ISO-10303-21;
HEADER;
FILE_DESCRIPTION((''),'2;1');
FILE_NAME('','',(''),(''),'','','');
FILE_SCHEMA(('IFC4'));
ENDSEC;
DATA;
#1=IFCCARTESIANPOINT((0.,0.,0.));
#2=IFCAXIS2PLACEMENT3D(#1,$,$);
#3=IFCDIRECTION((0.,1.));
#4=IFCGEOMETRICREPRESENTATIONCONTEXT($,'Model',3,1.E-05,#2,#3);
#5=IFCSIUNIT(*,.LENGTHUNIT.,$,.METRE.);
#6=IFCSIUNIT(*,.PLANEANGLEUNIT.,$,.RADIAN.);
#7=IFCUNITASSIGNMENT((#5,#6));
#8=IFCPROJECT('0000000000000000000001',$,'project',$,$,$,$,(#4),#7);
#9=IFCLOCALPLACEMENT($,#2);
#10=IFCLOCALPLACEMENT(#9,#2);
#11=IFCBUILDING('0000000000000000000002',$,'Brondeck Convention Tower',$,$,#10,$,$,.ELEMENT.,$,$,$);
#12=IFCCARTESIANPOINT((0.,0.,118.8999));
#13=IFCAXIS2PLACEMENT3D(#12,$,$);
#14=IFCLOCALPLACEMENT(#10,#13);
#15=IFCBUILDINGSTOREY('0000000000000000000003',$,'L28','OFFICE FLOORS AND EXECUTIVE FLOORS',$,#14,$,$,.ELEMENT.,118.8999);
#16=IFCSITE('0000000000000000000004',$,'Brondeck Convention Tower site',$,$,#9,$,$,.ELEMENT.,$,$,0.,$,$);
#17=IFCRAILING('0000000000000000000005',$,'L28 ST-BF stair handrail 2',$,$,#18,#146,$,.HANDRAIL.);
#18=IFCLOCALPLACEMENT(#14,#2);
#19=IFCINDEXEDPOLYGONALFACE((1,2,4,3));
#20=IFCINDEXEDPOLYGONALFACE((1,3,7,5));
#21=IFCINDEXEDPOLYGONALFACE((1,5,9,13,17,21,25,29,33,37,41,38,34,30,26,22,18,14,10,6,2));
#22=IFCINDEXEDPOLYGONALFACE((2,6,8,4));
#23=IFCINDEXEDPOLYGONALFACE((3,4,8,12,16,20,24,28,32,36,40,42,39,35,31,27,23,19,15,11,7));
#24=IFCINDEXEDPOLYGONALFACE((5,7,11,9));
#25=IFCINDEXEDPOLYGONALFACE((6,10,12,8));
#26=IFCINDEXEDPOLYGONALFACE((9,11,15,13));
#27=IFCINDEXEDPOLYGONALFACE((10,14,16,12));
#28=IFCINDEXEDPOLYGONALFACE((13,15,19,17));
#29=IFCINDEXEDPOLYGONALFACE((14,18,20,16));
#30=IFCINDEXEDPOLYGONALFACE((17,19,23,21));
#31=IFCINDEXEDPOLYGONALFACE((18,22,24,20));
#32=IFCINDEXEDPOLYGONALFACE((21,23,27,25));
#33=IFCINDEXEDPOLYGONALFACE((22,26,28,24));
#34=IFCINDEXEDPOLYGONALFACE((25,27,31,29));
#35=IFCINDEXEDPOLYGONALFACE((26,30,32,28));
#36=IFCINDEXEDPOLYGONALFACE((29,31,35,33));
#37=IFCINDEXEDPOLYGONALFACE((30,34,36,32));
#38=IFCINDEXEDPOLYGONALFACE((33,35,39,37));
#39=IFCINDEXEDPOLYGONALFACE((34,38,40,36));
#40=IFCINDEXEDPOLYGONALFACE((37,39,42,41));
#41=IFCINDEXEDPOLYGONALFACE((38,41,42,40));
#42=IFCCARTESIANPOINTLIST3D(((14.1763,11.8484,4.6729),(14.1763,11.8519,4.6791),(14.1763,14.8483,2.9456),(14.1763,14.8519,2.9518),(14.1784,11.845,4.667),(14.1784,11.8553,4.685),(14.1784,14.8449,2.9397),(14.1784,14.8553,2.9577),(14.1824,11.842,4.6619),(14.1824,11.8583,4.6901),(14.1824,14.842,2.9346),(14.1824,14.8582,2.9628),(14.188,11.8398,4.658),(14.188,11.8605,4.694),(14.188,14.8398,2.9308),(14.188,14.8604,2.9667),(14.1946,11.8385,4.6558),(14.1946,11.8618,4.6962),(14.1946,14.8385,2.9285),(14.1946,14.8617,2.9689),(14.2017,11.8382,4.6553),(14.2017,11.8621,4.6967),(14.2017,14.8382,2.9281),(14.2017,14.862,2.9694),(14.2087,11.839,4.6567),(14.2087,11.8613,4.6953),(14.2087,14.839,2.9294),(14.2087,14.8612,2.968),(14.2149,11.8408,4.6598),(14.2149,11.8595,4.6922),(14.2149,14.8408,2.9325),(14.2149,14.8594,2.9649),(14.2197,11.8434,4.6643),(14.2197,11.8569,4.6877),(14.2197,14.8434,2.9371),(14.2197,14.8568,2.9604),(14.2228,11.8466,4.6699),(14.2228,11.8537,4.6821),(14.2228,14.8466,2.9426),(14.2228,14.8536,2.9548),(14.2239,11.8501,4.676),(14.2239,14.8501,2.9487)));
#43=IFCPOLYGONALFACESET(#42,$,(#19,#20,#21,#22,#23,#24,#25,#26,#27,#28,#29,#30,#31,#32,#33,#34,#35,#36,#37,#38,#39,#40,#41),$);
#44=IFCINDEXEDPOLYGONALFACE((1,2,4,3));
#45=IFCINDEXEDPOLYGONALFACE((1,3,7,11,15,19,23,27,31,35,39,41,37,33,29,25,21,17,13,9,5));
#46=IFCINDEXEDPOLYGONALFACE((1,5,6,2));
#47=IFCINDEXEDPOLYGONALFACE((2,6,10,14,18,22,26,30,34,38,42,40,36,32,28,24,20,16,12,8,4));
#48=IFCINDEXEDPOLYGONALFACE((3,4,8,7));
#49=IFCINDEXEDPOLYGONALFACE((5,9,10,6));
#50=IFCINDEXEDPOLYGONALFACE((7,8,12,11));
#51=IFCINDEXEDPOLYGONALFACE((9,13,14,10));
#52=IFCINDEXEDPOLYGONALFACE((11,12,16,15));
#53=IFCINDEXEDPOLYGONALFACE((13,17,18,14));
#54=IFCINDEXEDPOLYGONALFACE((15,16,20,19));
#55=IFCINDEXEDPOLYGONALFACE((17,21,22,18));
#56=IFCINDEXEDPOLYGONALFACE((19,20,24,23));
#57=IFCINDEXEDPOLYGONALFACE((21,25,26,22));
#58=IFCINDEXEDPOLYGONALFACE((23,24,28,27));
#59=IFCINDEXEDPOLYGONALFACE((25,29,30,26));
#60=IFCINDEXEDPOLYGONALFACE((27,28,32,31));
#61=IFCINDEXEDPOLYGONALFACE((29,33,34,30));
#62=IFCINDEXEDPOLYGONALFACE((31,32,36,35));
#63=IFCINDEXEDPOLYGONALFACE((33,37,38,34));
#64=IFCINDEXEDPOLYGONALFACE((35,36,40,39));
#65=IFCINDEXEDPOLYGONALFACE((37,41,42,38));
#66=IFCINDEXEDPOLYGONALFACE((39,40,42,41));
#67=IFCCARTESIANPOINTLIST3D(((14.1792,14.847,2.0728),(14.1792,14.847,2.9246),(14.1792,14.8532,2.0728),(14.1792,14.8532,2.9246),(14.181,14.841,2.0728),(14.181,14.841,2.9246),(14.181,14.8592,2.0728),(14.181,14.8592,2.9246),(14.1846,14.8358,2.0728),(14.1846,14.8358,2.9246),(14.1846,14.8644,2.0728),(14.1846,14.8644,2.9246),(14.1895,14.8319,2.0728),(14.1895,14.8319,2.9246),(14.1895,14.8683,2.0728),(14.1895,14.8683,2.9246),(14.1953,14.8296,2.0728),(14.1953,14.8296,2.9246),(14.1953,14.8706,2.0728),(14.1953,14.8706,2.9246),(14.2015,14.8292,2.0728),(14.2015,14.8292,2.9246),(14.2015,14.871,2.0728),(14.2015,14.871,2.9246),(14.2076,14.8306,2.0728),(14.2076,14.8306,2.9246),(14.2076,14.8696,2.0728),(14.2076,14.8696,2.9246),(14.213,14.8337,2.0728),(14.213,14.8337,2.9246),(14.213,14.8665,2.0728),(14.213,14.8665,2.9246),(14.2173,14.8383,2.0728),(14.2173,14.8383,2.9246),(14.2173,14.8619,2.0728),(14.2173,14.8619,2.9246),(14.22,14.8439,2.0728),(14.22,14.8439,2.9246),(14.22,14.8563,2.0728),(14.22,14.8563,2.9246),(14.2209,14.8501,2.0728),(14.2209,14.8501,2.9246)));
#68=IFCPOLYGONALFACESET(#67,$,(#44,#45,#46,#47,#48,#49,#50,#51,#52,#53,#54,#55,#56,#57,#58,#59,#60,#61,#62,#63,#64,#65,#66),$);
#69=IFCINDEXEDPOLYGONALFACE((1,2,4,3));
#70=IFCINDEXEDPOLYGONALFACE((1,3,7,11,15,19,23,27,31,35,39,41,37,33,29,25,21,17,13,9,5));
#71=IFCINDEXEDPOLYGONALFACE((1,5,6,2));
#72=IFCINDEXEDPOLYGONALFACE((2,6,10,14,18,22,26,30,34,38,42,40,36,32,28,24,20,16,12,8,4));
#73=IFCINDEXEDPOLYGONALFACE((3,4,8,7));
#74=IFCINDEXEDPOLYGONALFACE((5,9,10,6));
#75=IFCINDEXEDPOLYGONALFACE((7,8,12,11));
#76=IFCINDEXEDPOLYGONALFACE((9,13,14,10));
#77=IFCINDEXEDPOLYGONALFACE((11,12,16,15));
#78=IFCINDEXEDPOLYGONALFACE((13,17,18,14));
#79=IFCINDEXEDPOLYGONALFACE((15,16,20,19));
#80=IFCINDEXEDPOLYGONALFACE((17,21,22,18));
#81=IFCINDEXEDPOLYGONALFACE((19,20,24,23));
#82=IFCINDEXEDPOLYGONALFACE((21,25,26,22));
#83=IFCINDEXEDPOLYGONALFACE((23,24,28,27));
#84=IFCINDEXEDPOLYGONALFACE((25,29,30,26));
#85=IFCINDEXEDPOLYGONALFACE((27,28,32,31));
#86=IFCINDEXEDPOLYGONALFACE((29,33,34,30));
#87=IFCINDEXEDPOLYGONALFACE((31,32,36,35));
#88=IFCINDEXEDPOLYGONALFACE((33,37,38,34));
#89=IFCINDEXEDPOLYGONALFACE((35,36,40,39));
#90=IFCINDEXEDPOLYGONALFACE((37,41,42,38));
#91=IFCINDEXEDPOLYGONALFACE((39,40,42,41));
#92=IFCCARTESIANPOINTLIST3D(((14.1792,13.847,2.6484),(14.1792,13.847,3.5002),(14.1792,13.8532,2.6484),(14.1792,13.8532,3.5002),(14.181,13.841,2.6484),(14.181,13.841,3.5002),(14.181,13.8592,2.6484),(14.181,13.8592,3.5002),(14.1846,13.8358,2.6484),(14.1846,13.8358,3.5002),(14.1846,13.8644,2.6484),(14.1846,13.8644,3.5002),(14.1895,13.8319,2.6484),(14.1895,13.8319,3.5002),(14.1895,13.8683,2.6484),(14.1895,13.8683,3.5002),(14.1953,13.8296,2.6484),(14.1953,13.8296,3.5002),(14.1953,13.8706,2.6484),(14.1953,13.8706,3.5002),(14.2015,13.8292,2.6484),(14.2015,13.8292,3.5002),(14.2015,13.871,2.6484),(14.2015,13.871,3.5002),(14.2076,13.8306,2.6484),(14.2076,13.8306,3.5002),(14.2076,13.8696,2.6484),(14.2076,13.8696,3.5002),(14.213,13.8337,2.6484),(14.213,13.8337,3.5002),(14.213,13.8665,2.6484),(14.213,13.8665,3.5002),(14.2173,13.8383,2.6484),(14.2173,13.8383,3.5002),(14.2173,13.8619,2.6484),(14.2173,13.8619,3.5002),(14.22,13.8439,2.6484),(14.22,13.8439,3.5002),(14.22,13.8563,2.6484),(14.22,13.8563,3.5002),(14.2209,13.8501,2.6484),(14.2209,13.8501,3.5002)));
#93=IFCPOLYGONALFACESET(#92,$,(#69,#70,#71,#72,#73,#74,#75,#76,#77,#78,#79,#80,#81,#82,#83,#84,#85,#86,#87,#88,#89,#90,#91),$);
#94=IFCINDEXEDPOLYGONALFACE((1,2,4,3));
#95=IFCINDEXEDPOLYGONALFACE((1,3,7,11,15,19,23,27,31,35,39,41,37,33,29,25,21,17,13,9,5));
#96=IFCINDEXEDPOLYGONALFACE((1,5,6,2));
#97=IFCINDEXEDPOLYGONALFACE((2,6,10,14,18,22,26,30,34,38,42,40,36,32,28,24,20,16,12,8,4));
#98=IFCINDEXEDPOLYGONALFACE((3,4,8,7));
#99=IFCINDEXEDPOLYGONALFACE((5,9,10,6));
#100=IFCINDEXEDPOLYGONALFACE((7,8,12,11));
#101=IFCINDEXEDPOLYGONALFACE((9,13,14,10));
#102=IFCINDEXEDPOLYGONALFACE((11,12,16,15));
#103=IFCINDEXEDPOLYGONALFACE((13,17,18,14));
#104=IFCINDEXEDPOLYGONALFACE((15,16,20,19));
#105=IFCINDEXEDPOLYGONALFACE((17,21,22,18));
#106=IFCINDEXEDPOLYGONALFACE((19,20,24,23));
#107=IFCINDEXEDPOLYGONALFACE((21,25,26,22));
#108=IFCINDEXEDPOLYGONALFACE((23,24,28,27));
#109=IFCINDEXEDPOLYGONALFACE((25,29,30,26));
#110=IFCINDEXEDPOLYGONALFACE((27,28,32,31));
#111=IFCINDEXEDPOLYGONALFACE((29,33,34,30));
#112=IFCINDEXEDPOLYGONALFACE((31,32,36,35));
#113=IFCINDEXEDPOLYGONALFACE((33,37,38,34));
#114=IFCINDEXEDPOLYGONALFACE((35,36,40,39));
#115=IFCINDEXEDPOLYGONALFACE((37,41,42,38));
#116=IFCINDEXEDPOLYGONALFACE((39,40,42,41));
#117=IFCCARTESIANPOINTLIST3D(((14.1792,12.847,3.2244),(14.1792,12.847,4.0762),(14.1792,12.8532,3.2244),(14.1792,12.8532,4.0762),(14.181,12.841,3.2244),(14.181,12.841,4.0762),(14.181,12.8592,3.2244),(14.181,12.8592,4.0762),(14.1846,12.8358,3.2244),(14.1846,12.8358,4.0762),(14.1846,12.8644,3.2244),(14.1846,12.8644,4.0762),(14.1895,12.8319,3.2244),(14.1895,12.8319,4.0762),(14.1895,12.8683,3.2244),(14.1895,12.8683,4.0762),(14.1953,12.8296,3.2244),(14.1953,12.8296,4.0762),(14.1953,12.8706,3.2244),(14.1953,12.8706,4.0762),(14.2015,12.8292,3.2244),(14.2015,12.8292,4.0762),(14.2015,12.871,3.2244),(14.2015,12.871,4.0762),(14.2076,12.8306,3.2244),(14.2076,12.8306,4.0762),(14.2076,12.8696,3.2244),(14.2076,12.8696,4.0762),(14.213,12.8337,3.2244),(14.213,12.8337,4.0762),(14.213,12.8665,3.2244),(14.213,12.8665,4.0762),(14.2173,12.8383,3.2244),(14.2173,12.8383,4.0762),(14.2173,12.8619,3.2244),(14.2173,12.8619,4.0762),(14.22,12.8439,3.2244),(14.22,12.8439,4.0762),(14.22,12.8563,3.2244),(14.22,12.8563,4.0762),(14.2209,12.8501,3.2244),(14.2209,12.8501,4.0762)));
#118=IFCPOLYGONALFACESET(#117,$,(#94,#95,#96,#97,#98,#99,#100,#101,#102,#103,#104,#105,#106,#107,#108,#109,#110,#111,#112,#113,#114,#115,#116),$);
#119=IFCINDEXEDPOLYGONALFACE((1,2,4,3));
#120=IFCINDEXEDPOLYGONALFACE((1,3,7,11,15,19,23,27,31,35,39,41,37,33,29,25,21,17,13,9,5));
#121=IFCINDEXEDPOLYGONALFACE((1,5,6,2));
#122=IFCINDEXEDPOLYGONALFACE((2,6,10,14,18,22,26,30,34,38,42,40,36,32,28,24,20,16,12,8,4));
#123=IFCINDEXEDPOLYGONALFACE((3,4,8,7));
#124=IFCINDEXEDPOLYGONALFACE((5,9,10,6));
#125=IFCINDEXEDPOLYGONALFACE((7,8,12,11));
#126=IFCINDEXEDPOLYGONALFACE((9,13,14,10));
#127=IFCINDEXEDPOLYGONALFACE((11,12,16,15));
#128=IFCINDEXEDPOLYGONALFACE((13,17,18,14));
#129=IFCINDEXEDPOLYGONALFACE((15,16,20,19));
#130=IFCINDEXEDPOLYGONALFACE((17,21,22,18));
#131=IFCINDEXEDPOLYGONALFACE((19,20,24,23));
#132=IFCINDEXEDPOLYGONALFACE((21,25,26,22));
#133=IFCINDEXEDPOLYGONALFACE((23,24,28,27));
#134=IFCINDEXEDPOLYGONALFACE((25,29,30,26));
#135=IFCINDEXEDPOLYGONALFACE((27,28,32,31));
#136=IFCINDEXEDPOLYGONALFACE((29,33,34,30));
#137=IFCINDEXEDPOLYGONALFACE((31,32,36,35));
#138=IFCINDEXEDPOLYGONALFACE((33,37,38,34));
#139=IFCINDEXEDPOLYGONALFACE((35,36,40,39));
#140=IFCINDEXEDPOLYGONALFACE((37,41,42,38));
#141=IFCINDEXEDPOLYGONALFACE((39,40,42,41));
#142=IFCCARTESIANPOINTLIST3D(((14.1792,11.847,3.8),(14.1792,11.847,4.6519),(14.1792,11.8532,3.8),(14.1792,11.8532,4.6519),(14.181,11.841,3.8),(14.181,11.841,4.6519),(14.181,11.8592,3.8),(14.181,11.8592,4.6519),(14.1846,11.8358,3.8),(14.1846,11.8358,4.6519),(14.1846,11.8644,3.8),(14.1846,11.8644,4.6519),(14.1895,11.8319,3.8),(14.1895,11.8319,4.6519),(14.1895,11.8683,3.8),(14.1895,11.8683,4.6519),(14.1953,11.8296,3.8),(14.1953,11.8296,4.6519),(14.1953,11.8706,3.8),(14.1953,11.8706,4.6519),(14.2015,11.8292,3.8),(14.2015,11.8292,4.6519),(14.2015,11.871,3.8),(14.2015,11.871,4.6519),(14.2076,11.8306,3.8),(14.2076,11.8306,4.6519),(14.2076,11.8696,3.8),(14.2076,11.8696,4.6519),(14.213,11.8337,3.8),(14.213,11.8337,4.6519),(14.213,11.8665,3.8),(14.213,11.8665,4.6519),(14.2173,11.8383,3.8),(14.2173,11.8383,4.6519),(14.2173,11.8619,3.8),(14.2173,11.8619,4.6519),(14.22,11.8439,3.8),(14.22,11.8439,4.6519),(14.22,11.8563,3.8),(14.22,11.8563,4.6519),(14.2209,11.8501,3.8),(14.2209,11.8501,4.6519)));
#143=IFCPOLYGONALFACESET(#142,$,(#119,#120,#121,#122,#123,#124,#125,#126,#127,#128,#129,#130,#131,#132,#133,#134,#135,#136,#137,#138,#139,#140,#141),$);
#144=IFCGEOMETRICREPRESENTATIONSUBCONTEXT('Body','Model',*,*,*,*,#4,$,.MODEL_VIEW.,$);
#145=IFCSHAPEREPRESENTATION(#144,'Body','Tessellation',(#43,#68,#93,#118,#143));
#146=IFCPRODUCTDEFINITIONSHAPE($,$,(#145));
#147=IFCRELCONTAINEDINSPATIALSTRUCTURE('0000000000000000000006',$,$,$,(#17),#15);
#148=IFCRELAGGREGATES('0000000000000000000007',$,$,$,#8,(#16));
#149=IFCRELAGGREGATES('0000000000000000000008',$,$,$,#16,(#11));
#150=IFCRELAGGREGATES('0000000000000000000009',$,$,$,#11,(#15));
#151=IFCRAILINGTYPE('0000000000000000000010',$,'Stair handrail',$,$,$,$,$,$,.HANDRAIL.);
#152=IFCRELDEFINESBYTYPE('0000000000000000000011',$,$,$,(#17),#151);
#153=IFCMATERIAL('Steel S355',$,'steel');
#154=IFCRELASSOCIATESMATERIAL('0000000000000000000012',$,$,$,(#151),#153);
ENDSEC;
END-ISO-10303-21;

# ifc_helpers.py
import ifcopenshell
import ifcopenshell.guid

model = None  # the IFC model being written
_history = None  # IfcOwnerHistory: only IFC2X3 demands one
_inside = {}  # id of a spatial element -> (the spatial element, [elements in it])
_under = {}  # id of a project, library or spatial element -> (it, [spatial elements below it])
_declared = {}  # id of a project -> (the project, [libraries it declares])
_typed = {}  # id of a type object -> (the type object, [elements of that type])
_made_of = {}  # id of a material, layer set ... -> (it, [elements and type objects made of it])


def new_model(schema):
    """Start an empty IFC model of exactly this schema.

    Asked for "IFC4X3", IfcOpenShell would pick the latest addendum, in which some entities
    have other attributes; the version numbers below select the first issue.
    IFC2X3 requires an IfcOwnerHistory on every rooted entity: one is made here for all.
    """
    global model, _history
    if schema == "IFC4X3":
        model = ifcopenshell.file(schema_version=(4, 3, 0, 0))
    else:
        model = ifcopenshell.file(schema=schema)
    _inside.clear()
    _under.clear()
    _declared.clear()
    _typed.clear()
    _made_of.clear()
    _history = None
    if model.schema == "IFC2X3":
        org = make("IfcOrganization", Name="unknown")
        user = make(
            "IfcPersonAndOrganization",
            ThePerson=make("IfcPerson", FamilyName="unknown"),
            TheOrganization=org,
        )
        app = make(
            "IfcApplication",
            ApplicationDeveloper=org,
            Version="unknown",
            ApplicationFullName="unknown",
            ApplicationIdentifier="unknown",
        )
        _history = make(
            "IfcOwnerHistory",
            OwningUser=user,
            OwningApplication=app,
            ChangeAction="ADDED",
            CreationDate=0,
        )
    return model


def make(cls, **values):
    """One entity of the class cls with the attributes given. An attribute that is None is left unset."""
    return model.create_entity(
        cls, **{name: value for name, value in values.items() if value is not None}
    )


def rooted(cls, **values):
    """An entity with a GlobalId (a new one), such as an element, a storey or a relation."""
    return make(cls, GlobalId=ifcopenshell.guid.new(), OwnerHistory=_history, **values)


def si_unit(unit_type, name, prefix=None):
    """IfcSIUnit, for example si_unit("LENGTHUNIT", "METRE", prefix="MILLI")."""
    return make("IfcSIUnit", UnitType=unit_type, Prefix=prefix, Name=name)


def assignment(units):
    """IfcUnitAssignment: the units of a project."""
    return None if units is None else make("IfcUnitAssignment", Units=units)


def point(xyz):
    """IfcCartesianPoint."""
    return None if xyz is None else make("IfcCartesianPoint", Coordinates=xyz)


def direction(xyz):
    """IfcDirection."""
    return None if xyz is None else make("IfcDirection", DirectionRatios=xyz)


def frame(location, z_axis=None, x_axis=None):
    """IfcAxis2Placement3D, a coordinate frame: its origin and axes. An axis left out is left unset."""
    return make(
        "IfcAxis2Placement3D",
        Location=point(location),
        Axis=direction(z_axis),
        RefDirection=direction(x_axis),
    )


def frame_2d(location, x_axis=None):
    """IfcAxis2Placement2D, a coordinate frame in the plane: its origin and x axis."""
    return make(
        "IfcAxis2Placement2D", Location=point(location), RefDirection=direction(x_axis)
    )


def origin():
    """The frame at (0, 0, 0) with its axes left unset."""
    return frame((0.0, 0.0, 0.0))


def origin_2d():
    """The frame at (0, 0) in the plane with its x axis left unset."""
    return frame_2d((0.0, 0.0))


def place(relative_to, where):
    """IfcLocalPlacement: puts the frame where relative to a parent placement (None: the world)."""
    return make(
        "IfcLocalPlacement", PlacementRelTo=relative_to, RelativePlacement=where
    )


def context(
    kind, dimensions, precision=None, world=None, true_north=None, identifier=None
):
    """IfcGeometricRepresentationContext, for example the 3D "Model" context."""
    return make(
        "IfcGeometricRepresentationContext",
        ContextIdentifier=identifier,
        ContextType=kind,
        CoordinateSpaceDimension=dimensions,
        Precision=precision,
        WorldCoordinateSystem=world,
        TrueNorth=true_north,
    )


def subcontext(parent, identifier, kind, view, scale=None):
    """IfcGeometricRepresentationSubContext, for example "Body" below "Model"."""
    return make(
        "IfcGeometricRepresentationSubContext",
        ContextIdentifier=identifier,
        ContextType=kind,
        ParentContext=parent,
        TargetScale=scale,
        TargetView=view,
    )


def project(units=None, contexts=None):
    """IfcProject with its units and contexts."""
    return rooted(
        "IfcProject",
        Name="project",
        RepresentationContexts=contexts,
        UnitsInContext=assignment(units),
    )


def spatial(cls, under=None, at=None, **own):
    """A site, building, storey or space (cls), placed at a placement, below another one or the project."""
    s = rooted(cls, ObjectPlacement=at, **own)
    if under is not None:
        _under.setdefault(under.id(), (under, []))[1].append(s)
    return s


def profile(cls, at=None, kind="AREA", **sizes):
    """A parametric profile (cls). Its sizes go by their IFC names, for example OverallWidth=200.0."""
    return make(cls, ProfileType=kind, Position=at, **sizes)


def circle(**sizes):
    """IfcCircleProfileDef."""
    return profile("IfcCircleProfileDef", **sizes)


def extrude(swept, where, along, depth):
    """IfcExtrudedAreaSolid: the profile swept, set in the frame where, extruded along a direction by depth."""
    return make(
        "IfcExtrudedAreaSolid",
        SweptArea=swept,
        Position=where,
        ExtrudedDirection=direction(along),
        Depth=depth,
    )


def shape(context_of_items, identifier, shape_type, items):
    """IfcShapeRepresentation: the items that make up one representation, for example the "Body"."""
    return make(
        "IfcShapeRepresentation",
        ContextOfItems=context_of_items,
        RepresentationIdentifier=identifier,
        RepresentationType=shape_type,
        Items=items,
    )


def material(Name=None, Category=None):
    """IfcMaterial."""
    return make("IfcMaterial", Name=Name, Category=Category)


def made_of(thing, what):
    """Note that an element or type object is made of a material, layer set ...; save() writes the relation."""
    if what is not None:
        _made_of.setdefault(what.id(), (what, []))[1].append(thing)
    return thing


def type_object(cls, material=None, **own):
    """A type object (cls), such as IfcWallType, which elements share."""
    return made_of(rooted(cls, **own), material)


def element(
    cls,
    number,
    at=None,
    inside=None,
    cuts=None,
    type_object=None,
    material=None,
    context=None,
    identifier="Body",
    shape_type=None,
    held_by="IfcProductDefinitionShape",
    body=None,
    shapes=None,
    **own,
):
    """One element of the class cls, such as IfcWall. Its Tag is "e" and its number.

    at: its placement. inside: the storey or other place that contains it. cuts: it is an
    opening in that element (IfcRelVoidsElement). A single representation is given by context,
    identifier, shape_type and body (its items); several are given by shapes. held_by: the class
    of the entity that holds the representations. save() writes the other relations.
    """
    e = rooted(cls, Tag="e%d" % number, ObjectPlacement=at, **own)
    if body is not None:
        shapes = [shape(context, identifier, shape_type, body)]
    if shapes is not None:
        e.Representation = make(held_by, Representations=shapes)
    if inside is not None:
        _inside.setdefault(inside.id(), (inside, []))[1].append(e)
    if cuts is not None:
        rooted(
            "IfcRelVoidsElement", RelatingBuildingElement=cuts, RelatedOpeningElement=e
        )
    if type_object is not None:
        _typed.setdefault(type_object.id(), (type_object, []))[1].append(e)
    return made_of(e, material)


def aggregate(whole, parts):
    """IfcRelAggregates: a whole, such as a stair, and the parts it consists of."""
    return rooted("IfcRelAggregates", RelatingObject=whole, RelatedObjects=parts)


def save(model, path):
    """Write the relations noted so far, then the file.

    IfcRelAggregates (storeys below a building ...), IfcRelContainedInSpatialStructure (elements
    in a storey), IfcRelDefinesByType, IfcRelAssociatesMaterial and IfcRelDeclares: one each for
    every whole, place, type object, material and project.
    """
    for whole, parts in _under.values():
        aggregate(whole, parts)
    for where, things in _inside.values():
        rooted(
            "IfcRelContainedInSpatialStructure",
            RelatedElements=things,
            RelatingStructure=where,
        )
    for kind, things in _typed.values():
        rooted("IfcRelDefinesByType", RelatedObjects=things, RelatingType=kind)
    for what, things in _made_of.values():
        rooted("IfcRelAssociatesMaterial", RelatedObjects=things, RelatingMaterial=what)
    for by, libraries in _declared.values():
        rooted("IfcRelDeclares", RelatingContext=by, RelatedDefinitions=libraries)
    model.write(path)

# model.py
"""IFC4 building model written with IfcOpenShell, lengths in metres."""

from ifc_helpers import new_model, si_unit, direction, frame, origin, origin_2d, place, context, subcontext, project, spatial, circle, extrude, material, type_object, element, save


model = new_model("IFC4")

# Units and contexts
model_context = context("Model", 3, precision=1e-05, world=origin(), true_north=direction((0.0, 1.0)))
body_context = subcontext(model_context, "Body", "Model", "MODEL_VIEW")
ifc_project = project(units=[si_unit("LENGTHUNIT", "METRE"), si_unit("PLANEANGLEUNIT", "RADIAN")], contexts=[model_context])

# Site, building, storey
site_placement = place(None, origin())
site = spatial("IfcSite", under=ifc_project, at=site_placement, Name="Brondeck Convention Tower site", CompositionType="ELEMENT", RefElevation=0.0)
building_placement = place(site_placement, origin())
building = spatial("IfcBuilding", under=site, at=building_placement, Name="Brondeck Convention Tower", CompositionType="ELEMENT")
storey_placement = place(building_placement, frame((0.0, 0.0, 118.8999)))
storey = spatial("IfcBuildingStorey", under=building, at=storey_placement, Name="L28", Description="OFFICE FLOORS AND EXECUTIVE FLOORS", CompositionType="ELEMENT", Elevation=118.8999)

# Shared definitions
ifc_material_1 = material(Name="Steel S355", Category="steel")

# Railing
railing_type_1 = type_object("IfcRailingType", Name="Stair handrail", PredefinedType="HANDRAIL", material=ifc_material_1)
railing_1_placement = place(storey_placement, frame((14.2, 14.8501, 2.0728)))
element("IfcRailing", 1, at=railing_1_placement, inside=storey, type_object=railing_type_1, Name="L28 ST-BF stair handrail 2", PredefinedType="HANDRAIL", context=body_context, shape_type="SweptSolid", body=[
    extrude(circle(Radius=0.0239, at=origin_2d()), frame((0.0, 0.0, 0.876), z_axis=(0.0, -0.86662, 0.498969), x_axis=(1.0, 0.0, 0.0)), (0.0, 0.0, 1.0), 3.4617),
    extrude(circle(Radius=0.021, at=origin_2d()), origin(), (0.0, 0.0, 1.0), 0.8518),
    extrude(circle(Radius=0.021, at=origin_2d()), frame((0.0, -1.0, 0.5757)), (0.0, 0.0, 1.0), 0.8518),
    extrude(circle(Radius=0.021, at=origin_2d()), frame((0.0, -2.0, 1.1516)), (0.0, 0.0, 1.0), 0.8518),
    extrude(circle(Radius=0.021, at=origin_2d()), frame((0.0, -3.0, 1.7273)), (0.0, 0.0, 1.0), 0.8518),
])

save(model, "model.ifc")
